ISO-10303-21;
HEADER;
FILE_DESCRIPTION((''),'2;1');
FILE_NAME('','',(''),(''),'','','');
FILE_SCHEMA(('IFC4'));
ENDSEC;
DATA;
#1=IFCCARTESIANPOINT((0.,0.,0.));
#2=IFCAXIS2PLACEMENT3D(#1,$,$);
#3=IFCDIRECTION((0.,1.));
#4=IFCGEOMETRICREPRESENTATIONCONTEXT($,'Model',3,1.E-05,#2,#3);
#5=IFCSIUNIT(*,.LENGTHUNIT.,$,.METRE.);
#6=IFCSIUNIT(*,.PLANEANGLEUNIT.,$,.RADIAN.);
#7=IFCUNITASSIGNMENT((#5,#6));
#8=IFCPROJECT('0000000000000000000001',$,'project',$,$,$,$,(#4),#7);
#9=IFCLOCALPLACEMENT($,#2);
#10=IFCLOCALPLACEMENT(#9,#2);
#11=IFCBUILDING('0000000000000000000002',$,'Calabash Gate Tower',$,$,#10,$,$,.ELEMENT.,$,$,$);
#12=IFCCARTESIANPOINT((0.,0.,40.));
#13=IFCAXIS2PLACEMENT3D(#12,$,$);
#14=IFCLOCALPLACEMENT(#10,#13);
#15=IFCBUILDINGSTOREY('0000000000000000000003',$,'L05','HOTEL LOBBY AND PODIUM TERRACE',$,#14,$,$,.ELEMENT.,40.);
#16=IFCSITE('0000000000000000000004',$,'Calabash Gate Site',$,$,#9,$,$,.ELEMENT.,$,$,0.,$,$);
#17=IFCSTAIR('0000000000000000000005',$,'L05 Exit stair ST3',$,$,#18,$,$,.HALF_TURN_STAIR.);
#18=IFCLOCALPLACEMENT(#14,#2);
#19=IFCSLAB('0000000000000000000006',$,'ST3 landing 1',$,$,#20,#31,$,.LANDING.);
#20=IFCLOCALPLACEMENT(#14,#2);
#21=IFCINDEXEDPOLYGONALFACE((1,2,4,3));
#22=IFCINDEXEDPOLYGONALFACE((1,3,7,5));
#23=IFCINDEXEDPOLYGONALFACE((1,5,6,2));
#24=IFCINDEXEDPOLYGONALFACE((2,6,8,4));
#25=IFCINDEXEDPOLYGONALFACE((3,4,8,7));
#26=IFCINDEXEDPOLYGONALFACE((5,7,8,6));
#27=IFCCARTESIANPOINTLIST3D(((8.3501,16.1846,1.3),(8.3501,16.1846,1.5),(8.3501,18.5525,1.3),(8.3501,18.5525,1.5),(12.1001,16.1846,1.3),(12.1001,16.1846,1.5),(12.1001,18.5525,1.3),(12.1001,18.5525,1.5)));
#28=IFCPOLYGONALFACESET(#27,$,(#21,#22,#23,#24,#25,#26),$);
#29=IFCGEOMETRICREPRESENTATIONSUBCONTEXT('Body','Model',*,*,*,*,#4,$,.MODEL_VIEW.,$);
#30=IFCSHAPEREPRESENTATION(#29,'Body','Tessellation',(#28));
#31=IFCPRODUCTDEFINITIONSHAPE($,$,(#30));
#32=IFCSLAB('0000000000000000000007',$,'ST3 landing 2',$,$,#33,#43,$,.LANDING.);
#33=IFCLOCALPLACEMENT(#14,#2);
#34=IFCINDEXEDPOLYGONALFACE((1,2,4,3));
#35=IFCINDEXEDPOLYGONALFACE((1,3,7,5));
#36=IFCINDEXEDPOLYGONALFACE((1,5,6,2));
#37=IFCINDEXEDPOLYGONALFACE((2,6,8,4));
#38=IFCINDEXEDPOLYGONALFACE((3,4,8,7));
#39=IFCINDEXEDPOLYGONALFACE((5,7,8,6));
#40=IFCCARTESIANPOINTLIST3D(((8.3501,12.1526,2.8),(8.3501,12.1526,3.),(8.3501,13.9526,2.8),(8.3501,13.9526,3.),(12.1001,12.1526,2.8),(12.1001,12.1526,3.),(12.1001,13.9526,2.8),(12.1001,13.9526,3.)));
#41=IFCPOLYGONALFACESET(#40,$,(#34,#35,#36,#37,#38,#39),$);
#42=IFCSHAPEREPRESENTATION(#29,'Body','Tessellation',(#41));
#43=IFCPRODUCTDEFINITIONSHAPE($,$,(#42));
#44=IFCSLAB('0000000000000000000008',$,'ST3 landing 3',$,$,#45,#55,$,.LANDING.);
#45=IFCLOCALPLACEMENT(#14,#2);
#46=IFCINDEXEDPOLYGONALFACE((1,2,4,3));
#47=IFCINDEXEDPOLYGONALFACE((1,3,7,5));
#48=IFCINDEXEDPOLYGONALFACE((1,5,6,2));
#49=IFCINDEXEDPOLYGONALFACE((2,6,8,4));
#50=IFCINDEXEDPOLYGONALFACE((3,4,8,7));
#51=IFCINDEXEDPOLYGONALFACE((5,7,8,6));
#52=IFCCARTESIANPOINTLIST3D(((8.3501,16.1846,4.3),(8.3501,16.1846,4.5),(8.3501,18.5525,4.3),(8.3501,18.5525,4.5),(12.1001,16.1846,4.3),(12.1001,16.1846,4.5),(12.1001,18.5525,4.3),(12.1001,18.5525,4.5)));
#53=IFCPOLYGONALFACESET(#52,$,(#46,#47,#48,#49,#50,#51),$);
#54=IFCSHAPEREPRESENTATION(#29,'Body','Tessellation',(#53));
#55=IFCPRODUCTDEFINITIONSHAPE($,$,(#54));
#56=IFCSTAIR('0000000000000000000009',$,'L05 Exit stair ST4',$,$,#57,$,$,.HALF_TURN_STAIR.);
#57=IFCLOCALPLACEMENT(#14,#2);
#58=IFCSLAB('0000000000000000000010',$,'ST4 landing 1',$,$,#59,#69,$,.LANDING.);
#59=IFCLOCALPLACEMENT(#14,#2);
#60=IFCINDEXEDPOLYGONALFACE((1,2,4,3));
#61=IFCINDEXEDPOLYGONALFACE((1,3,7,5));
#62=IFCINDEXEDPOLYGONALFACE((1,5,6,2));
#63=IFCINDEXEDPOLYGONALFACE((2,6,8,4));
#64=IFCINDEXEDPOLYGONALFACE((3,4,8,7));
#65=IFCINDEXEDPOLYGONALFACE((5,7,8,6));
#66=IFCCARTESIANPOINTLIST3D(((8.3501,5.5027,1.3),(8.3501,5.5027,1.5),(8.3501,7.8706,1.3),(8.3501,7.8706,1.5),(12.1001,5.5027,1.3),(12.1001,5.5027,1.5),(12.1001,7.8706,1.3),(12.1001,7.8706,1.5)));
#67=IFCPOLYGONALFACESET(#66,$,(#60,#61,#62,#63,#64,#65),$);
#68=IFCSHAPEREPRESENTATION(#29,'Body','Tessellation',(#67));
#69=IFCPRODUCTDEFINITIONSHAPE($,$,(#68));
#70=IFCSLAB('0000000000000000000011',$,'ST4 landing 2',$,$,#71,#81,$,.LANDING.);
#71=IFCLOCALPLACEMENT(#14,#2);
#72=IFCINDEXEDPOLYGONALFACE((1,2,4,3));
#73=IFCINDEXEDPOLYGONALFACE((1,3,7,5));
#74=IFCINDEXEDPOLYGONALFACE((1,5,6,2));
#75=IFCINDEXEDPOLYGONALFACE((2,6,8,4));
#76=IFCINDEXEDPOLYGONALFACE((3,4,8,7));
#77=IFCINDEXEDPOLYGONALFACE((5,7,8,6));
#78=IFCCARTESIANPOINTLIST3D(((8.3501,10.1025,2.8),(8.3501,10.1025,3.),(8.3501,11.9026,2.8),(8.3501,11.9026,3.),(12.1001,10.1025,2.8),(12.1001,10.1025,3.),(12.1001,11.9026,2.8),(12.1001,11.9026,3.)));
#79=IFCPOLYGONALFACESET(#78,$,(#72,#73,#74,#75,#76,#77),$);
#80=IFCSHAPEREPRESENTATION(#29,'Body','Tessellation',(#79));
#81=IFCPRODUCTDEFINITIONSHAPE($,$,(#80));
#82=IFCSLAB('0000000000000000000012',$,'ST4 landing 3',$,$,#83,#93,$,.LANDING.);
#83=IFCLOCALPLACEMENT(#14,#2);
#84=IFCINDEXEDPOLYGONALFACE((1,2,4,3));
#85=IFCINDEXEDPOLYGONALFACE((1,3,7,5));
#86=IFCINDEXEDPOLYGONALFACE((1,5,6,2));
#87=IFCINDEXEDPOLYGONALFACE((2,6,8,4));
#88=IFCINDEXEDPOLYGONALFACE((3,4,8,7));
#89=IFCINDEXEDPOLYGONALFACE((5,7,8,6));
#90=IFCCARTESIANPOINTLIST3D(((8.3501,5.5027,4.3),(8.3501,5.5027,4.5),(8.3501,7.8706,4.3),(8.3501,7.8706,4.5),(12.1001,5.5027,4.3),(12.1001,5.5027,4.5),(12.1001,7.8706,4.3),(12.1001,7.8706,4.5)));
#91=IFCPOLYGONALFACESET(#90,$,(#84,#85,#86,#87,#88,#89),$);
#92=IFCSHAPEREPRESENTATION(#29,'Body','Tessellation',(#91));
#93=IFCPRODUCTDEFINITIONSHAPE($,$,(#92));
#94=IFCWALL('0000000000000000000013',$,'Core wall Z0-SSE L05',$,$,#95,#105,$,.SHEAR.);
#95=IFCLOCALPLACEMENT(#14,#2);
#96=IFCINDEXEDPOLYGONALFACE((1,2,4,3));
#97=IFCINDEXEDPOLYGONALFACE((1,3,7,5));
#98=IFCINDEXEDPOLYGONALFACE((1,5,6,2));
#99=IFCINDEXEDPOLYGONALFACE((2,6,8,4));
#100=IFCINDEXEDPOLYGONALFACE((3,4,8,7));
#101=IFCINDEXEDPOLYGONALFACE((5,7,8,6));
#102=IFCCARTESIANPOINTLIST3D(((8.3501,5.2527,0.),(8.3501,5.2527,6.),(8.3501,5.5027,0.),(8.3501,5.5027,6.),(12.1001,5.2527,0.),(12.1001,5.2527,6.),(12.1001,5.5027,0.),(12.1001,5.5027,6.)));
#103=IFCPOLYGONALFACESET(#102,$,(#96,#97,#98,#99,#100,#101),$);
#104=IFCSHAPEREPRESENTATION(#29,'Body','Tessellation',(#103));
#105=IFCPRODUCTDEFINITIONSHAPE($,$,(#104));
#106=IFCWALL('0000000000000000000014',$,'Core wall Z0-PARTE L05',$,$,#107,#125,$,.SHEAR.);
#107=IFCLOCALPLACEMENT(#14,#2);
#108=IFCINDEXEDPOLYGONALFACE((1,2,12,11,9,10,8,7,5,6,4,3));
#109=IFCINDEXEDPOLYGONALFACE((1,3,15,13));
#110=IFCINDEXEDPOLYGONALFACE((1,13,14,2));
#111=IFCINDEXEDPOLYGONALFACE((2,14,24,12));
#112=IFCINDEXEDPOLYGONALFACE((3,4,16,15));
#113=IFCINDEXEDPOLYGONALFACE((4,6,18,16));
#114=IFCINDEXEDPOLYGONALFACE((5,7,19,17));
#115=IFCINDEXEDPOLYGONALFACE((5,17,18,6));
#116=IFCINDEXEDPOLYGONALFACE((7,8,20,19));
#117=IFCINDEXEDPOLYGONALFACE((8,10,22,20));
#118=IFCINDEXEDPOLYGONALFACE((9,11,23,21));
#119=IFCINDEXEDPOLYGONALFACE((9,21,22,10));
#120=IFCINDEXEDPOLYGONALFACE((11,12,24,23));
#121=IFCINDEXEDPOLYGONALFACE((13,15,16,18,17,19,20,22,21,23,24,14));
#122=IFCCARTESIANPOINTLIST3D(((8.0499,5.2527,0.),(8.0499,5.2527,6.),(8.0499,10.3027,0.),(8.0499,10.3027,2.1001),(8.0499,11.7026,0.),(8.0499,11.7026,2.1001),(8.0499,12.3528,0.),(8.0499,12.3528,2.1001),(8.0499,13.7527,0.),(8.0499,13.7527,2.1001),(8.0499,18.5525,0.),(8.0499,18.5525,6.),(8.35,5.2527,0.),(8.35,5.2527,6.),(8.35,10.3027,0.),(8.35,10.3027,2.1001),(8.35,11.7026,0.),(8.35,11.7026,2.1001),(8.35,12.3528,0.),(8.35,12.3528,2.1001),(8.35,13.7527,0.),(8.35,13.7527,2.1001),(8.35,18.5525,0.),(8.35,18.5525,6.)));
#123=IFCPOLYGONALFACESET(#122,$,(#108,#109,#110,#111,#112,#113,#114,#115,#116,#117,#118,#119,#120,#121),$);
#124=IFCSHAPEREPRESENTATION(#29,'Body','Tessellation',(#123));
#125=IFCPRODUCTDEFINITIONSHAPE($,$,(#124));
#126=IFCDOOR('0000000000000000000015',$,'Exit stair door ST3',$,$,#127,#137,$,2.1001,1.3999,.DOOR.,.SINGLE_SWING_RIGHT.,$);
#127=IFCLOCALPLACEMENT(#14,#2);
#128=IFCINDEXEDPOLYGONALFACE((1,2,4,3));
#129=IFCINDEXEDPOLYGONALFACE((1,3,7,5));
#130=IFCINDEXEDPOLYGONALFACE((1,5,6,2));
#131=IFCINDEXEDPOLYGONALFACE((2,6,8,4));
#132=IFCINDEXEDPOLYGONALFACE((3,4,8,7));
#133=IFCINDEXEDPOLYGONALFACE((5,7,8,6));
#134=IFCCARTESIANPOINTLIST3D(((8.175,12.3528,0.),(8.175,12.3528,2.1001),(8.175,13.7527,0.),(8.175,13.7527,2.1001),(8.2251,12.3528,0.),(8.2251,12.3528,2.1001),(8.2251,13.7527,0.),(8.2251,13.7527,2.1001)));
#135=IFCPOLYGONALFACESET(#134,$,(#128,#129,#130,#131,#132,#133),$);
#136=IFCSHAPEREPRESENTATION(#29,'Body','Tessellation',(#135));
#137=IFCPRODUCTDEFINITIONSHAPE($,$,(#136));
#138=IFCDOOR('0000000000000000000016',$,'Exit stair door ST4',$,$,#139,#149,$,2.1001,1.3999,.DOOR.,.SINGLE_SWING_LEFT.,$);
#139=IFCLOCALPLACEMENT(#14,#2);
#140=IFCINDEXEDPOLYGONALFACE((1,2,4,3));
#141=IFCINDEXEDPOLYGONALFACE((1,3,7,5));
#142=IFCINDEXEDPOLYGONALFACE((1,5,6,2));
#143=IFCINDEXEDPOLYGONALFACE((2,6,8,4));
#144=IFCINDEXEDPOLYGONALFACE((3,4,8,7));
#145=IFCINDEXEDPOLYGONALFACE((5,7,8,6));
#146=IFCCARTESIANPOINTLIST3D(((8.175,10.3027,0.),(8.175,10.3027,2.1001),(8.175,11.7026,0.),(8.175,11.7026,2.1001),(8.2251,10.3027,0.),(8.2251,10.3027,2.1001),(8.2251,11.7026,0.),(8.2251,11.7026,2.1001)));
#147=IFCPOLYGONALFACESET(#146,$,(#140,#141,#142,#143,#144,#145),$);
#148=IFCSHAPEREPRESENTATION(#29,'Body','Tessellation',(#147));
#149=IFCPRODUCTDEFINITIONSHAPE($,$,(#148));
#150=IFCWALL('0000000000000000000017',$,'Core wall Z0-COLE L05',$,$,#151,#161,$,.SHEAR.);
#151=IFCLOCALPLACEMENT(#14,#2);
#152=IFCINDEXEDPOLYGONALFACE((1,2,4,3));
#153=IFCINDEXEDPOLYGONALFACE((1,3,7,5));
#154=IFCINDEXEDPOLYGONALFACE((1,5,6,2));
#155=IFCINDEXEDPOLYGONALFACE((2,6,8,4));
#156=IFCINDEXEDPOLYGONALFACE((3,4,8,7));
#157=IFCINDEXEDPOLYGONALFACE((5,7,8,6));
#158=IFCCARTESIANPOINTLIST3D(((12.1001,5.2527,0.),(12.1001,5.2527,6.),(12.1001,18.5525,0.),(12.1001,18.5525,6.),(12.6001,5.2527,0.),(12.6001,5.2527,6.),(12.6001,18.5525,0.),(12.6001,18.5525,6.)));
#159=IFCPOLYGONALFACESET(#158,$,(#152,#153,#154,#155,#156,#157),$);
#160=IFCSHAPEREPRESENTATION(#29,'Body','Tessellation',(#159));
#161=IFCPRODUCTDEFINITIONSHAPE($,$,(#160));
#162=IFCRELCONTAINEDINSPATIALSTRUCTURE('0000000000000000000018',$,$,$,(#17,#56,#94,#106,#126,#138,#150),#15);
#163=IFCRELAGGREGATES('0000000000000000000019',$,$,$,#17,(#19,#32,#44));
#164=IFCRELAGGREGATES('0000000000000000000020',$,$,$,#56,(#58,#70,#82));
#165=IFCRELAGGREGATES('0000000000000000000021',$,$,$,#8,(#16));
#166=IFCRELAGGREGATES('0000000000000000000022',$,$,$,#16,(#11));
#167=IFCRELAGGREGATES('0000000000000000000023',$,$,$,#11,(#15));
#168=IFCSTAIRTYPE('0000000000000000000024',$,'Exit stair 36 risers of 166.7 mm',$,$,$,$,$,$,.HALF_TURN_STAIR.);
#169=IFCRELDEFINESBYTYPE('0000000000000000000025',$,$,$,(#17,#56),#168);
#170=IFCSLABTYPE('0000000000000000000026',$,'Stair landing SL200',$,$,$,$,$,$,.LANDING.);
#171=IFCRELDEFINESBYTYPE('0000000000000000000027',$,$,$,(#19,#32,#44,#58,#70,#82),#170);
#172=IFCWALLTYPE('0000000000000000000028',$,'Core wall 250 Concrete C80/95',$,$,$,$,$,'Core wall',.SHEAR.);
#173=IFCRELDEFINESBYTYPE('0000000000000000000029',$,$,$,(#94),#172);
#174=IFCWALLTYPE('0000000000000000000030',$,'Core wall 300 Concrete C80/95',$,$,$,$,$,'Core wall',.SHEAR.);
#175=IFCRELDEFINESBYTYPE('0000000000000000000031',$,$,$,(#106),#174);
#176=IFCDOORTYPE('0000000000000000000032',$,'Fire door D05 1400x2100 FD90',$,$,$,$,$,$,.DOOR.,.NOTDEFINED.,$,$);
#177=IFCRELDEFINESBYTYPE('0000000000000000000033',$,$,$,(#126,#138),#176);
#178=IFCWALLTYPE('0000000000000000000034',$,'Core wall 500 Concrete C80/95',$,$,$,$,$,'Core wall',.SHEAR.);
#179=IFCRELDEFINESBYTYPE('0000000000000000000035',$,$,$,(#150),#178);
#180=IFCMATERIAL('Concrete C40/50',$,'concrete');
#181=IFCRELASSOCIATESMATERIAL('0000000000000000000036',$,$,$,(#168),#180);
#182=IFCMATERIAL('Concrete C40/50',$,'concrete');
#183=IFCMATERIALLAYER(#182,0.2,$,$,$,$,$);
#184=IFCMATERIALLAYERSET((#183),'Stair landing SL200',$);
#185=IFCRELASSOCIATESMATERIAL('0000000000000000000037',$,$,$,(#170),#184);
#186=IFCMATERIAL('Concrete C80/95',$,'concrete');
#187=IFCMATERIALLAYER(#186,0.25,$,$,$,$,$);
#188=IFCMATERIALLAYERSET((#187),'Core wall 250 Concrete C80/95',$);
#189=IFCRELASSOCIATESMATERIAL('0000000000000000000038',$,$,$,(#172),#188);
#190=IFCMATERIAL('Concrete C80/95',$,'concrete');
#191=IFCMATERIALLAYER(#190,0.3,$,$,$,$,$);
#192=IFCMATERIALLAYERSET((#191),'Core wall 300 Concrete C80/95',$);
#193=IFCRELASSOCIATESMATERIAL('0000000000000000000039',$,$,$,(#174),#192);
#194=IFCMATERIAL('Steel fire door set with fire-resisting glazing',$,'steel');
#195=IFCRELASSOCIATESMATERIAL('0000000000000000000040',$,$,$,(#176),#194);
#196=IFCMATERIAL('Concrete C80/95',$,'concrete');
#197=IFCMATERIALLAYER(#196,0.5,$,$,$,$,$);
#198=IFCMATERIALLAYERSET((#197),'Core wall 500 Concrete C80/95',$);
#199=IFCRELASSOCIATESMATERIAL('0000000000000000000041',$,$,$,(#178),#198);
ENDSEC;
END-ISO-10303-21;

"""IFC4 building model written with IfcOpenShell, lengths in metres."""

from ifc_helpers import new_model, si_unit, direction, frame, frame_2d, origin, place, context, subcontext, project, spatial, polyline, rectangle, outline, extrude, material, layer, layer_set, type_object, element, fill, aggregate, save


model = new_model("IFC4")

# Units and contexts
model_context = context("Model", 3, precision=1e-05, world=origin(), true_north=direction((0.0, 1.0)))
body_context = subcontext(model_context, "Body", "Model", "MODEL_VIEW")
ifc_project = project(units=[si_unit("LENGTHUNIT", "METRE"), si_unit("PLANEANGLEUNIT", "RADIAN")], contexts=[model_context])

# Site, building, storey
site_placement = place(None, origin())
site = spatial("IfcSite", under=ifc_project, at=site_placement, Name="Calabash Gate Site", CompositionType="ELEMENT", RefElevation=0.0)
building_placement = place(site_placement, origin())
building = spatial("IfcBuilding", under=site, at=building_placement, Name="Calabash Gate Tower", CompositionType="ELEMENT")
storey_placement = place(building_placement, frame((0.0, 0.0, 40.0)))
storey = spatial("IfcBuildingStorey", under=building, at=storey_placement, Name="L05", Description="HOTEL LOBBY AND PODIUM TERRACE", CompositionType="ELEMENT", Elevation=40.0)

# Shared definitions
ifc_material_1 = material(Name="Concrete C40/50", Category="concrete")
stair_type = type_object("IfcStairType", Name="Exit stair 36 risers of 166.7 mm", PredefinedType="HALF_TURN_STAIR", material=ifc_material_1)
ifc_material_2 = material(Name="Concrete C40/50", Category="concrete")
ifc_layer_1 = layer(ifc_material_2, 0.2)
ifc_layer_set_1 = layer_set([ifc_layer_1], Name="Stair landing SL200")
slab_type_1 = type_object("IfcSlabType", Name="Stair landing SL200", PredefinedType="LANDING", material=ifc_layer_set_1)

# Stairs, slabs
stair_1_placement = place(storey_placement, origin())
stair_1 = element("IfcStair", 1, at=stair_1_placement, inside=storey, type_object=stair_type, Name="L05 Exit stair ST3", PredefinedType="HALF_TURN_STAIR")
slab_1_placement = place(storey_placement, frame((0.0, 0.0, 1.3)))
slab_1 = element("IfcSlab", 2, at=slab_1_placement, type_object=slab_type_1, Name="ST3 landing 1", PredefinedType="LANDING", context=body_context, shape_type="SweptSolid", body=[
    extrude(outline(polyline([(12.1001, 16.1846), (12.1001, 18.5525), (8.3501, 18.5525), (8.3501, 16.1846), (12.1001, 16.1846)])), origin(), (0.0, 0.0, 1.0), 0.2),
])
slab_2_placement = place(storey_placement, frame((0.0, 0.0, 2.8)))
slab_2 = element("IfcSlab", 3, at=slab_2_placement, type_object=slab_type_1, Name="ST3 landing 2", PredefinedType="LANDING", context=body_context, shape_type="SweptSolid", body=[
    extrude(outline(polyline([(12.1001, 12.1526), (12.1001, 13.9526), (8.3501, 13.9526), (8.3501, 12.1526), (12.1001, 12.1526)])), origin(), (0.0, 0.0, 1.0), 0.2),
])
slab_3_placement = place(storey_placement, frame((0.0, 0.0, 4.3)))
slab_3 = element("IfcSlab", 4, at=slab_3_placement, type_object=slab_type_1, Name="ST3 landing 3", PredefinedType="LANDING", context=body_context, shape_type="SweptSolid", body=[
    extrude(outline(polyline([(12.1001, 16.1846), (12.1001, 18.5525), (8.3501, 18.5525), (8.3501, 16.1846), (12.1001, 16.1846)])), origin(), (0.0, 0.0, 1.0), 0.2),
])
aggregate(stair_1, [slab_1, slab_2, slab_3])
stair_2_placement = place(storey_placement, origin())
stair_2 = element("IfcStair", 5, at=stair_2_placement, inside=storey, type_object=stair_type, Name="L05 Exit stair ST4", PredefinedType="HALF_TURN_STAIR")
slab_4_placement = place(storey_placement, frame((0.0, 0.0, 1.3)))
slab_4 = element("IfcSlab", 6, at=slab_4_placement, type_object=slab_type_1, Name="ST4 landing 1", PredefinedType="LANDING", context=body_context, shape_type="SweptSolid", body=[
    extrude(outline(polyline([(8.3501, 7.8706), (8.3501, 5.5027), (12.1001, 5.5027), (12.1001, 7.8706), (8.3501, 7.8706)])), origin(), (0.0, 0.0, 1.0), 0.2),
])
slab_5_placement = place(storey_placement, frame((0.0, 0.0, 2.8)))
slab_5 = element("IfcSlab", 7, at=slab_5_placement, type_object=slab_type_1, Name="ST4 landing 2", PredefinedType="LANDING", context=body_context, shape_type="SweptSolid", body=[
    extrude(outline(polyline([(8.3501, 11.9026), (8.3501, 10.1025), (12.1001, 10.1025), (12.1001, 11.9026), (8.3501, 11.9026)])), origin(), (0.0, 0.0, 1.0), 0.2),
])
slab_6_placement = place(storey_placement, frame((0.0, 0.0, 4.3)))
slab_6 = element("IfcSlab", 8, at=slab_6_placement, type_object=slab_type_1, Name="ST4 landing 3", PredefinedType="LANDING", context=body_context, shape_type="SweptSolid", body=[
    extrude(outline(polyline([(8.3501, 7.8706), (8.3501, 5.5027), (12.1001, 5.5027), (12.1001, 7.8706), (8.3501, 7.8706)])), origin(), (0.0, 0.0, 1.0), 0.2),
])
aggregate(stair_2, [slab_4, slab_5, slab_6])

# Wall
ifc_material_3 = material(Name="Concrete C80/95", Category="concrete")
ifc_layer_2 = layer(ifc_material_3, 0.25)
ifc_layer_set_2 = layer_set([ifc_layer_2], Name="Core wall 250 Concrete C80/95")
wall_type_1 = type_object("IfcWallType", Name="Core wall 250 Concrete C80/95", ElementType="Core wall", PredefinedType="SHEAR", material=ifc_layer_set_2)
wall_1_placement = place(storey_placement, frame((8.3501, 5.3777, 0.0), z_axis=(0.0, 0.0, 1.0), x_axis=(1.0, 0.0, 0.0)))
element("IfcWall", 9, at=wall_1_placement, inside=storey, type_object=wall_type_1, Name="Core wall Z0-SSE L05", PredefinedType="SHEAR", context=body_context, shape_type="SweptSolid", body=[
    extrude(rectangle(XDim=3.75, YDim=0.25, at=frame_2d((1.875, 0.0))), origin(), (0.0, 0.0, 1.0), 6.0),
])

# Wall, openings, doors
ifc_material_4 = material(Name="Concrete C80/95", Category="concrete")
ifc_layer_3 = layer(ifc_material_4, 0.3)
ifc_layer_set_3 = layer_set([ifc_layer_3], Name="Core wall 300 Concrete C80/95")
wall_type_2 = type_object("IfcWallType", Name="Core wall 300 Concrete C80/95", ElementType="Core wall", PredefinedType="SHEAR", material=ifc_layer_set_3)
wall_2_placement = place(storey_placement, frame((8.2, 5.2527, 0.0), z_axis=(0.0, 0.0, 1.0), x_axis=(0.0, 1.0, 0.0)))
wall_2 = element("IfcWall", 10, at=wall_2_placement, inside=storey, type_object=wall_type_2, Name="Core wall Z0-PARTE L05", PredefinedType="SHEAR", context=body_context, shape_type="SweptSolid", body=[
    extrude(rectangle(XDim=13.2998, YDim=0.3, at=frame_2d((6.6499, 0.0))), origin(), (0.0, 0.0, 1.0), 6.0),
])
opening_1_placement = place(wall_2_placement, frame((7.1001, 0.0, 0.0)))
opening_1 = element("IfcOpeningElement", 11, at=opening_1_placement, cuts=wall_2, PredefinedType="OPENING", context=body_context, shape_type="SweptSolid", body=[
    extrude(rectangle(XDim=1.3999, YDim=2.1001, at=frame_2d((0.7, 1.05))), frame((0.0, 0.1599, 0.0), z_axis=(0.0, -1.0, 0.0), x_axis=(1.0, 0.0, 0.0)), (0.0, 0.0, 1.0), 0.3201),
])
opening_2_placement = place(wall_2_placement, frame((5.05, 0.0, 0.0)))
opening_2 = element("IfcOpeningElement", 12, at=opening_2_placement, cuts=wall_2, PredefinedType="OPENING", context=body_context, shape_type="SweptSolid", body=[
    extrude(rectangle(XDim=1.3999, YDim=2.1001, at=frame_2d((0.7, 1.05))), frame((0.0, 0.1599, 0.0), z_axis=(0.0, -1.0, 0.0), x_axis=(1.0, 0.0, 0.0)), (0.0, 0.0, 1.0), 0.3201),
])
ifc_material_5 = material(Name="Steel fire door set with fire-resisting glazing", Category="steel")
door_type_1 = type_object("IfcDoorType", Name="Fire door D05 1400x2100 FD90", OperationType="NOTDEFINED", PredefinedType="DOOR", material=ifc_material_5)
door_1_placement = place(opening_1_placement, origin())
door_1 = element("IfcDoor", 13, at=door_1_placement, inside=storey, type_object=door_type_1, Name="Exit stair door ST3", OperationType="SINGLE_SWING_RIGHT", OverallHeight=2.1001, OverallWidth=1.3999, PredefinedType="DOOR", context=body_context, shape_type="SweptSolid", body=[
    extrude(rectangle(XDim=1.3999, YDim=2.1001, at=frame_2d((0.7, 1.05))), frame((0.0, 0.0249, 0.0), z_axis=(0.0, -1.0, 0.0), x_axis=(1.0, 0.0, 0.0)), (0.0, 0.0, 1.0), 0.05),
])
fill(opening_1, door_1)
door_2_placement = place(opening_2_placement, origin())
door_2 = element("IfcDoor", 14, at=door_2_placement, inside=storey, type_object=door_type_1, Name="Exit stair door ST4", OperationType="SINGLE_SWING_LEFT", OverallHeight=2.1001, OverallWidth=1.3999, PredefinedType="DOOR", context=body_context, shape_type="SweptSolid", body=[
    extrude(rectangle(XDim=1.3999, YDim=2.1001, at=frame_2d((0.7, 1.05))), frame((0.0, 0.0249, 0.0), z_axis=(0.0, -1.0, 0.0), x_axis=(1.0, 0.0, 0.0)), (0.0, 0.0, 1.0), 0.05),
])
fill(opening_2, door_2)

# Wall
ifc_material_6 = material(Name="Concrete C80/95", Category="concrete")
ifc_layer_4 = layer(ifc_material_6, 0.5)
ifc_layer_set_4 = layer_set([ifc_layer_4], Name="Core wall 500 Concrete C80/95")
wall_type_3 = type_object("IfcWallType", Name="Core wall 500 Concrete C80/95", ElementType="Core wall", PredefinedType="SHEAR", material=ifc_layer_set_4)
wall_3_placement = place(storey_placement, frame((12.3501, 5.2527, 0.0), z_axis=(0.0, 0.0, 1.0), x_axis=(0.0, 1.0, 0.0)))
element("IfcWall", 15, at=wall_3_placement, inside=storey, type_object=wall_type_3, Name="Core wall Z0-COLE L05", PredefinedType="SHEAR", context=body_context, shape_type="SweptSolid", body=[
    extrude(rectangle(XDim=13.2998, YDim=0.5, at=frame_2d((6.6499, 0.0))), origin(), (0.0, 0.0, 1.0), 6.0),
])

save(model, "model.ifc")
